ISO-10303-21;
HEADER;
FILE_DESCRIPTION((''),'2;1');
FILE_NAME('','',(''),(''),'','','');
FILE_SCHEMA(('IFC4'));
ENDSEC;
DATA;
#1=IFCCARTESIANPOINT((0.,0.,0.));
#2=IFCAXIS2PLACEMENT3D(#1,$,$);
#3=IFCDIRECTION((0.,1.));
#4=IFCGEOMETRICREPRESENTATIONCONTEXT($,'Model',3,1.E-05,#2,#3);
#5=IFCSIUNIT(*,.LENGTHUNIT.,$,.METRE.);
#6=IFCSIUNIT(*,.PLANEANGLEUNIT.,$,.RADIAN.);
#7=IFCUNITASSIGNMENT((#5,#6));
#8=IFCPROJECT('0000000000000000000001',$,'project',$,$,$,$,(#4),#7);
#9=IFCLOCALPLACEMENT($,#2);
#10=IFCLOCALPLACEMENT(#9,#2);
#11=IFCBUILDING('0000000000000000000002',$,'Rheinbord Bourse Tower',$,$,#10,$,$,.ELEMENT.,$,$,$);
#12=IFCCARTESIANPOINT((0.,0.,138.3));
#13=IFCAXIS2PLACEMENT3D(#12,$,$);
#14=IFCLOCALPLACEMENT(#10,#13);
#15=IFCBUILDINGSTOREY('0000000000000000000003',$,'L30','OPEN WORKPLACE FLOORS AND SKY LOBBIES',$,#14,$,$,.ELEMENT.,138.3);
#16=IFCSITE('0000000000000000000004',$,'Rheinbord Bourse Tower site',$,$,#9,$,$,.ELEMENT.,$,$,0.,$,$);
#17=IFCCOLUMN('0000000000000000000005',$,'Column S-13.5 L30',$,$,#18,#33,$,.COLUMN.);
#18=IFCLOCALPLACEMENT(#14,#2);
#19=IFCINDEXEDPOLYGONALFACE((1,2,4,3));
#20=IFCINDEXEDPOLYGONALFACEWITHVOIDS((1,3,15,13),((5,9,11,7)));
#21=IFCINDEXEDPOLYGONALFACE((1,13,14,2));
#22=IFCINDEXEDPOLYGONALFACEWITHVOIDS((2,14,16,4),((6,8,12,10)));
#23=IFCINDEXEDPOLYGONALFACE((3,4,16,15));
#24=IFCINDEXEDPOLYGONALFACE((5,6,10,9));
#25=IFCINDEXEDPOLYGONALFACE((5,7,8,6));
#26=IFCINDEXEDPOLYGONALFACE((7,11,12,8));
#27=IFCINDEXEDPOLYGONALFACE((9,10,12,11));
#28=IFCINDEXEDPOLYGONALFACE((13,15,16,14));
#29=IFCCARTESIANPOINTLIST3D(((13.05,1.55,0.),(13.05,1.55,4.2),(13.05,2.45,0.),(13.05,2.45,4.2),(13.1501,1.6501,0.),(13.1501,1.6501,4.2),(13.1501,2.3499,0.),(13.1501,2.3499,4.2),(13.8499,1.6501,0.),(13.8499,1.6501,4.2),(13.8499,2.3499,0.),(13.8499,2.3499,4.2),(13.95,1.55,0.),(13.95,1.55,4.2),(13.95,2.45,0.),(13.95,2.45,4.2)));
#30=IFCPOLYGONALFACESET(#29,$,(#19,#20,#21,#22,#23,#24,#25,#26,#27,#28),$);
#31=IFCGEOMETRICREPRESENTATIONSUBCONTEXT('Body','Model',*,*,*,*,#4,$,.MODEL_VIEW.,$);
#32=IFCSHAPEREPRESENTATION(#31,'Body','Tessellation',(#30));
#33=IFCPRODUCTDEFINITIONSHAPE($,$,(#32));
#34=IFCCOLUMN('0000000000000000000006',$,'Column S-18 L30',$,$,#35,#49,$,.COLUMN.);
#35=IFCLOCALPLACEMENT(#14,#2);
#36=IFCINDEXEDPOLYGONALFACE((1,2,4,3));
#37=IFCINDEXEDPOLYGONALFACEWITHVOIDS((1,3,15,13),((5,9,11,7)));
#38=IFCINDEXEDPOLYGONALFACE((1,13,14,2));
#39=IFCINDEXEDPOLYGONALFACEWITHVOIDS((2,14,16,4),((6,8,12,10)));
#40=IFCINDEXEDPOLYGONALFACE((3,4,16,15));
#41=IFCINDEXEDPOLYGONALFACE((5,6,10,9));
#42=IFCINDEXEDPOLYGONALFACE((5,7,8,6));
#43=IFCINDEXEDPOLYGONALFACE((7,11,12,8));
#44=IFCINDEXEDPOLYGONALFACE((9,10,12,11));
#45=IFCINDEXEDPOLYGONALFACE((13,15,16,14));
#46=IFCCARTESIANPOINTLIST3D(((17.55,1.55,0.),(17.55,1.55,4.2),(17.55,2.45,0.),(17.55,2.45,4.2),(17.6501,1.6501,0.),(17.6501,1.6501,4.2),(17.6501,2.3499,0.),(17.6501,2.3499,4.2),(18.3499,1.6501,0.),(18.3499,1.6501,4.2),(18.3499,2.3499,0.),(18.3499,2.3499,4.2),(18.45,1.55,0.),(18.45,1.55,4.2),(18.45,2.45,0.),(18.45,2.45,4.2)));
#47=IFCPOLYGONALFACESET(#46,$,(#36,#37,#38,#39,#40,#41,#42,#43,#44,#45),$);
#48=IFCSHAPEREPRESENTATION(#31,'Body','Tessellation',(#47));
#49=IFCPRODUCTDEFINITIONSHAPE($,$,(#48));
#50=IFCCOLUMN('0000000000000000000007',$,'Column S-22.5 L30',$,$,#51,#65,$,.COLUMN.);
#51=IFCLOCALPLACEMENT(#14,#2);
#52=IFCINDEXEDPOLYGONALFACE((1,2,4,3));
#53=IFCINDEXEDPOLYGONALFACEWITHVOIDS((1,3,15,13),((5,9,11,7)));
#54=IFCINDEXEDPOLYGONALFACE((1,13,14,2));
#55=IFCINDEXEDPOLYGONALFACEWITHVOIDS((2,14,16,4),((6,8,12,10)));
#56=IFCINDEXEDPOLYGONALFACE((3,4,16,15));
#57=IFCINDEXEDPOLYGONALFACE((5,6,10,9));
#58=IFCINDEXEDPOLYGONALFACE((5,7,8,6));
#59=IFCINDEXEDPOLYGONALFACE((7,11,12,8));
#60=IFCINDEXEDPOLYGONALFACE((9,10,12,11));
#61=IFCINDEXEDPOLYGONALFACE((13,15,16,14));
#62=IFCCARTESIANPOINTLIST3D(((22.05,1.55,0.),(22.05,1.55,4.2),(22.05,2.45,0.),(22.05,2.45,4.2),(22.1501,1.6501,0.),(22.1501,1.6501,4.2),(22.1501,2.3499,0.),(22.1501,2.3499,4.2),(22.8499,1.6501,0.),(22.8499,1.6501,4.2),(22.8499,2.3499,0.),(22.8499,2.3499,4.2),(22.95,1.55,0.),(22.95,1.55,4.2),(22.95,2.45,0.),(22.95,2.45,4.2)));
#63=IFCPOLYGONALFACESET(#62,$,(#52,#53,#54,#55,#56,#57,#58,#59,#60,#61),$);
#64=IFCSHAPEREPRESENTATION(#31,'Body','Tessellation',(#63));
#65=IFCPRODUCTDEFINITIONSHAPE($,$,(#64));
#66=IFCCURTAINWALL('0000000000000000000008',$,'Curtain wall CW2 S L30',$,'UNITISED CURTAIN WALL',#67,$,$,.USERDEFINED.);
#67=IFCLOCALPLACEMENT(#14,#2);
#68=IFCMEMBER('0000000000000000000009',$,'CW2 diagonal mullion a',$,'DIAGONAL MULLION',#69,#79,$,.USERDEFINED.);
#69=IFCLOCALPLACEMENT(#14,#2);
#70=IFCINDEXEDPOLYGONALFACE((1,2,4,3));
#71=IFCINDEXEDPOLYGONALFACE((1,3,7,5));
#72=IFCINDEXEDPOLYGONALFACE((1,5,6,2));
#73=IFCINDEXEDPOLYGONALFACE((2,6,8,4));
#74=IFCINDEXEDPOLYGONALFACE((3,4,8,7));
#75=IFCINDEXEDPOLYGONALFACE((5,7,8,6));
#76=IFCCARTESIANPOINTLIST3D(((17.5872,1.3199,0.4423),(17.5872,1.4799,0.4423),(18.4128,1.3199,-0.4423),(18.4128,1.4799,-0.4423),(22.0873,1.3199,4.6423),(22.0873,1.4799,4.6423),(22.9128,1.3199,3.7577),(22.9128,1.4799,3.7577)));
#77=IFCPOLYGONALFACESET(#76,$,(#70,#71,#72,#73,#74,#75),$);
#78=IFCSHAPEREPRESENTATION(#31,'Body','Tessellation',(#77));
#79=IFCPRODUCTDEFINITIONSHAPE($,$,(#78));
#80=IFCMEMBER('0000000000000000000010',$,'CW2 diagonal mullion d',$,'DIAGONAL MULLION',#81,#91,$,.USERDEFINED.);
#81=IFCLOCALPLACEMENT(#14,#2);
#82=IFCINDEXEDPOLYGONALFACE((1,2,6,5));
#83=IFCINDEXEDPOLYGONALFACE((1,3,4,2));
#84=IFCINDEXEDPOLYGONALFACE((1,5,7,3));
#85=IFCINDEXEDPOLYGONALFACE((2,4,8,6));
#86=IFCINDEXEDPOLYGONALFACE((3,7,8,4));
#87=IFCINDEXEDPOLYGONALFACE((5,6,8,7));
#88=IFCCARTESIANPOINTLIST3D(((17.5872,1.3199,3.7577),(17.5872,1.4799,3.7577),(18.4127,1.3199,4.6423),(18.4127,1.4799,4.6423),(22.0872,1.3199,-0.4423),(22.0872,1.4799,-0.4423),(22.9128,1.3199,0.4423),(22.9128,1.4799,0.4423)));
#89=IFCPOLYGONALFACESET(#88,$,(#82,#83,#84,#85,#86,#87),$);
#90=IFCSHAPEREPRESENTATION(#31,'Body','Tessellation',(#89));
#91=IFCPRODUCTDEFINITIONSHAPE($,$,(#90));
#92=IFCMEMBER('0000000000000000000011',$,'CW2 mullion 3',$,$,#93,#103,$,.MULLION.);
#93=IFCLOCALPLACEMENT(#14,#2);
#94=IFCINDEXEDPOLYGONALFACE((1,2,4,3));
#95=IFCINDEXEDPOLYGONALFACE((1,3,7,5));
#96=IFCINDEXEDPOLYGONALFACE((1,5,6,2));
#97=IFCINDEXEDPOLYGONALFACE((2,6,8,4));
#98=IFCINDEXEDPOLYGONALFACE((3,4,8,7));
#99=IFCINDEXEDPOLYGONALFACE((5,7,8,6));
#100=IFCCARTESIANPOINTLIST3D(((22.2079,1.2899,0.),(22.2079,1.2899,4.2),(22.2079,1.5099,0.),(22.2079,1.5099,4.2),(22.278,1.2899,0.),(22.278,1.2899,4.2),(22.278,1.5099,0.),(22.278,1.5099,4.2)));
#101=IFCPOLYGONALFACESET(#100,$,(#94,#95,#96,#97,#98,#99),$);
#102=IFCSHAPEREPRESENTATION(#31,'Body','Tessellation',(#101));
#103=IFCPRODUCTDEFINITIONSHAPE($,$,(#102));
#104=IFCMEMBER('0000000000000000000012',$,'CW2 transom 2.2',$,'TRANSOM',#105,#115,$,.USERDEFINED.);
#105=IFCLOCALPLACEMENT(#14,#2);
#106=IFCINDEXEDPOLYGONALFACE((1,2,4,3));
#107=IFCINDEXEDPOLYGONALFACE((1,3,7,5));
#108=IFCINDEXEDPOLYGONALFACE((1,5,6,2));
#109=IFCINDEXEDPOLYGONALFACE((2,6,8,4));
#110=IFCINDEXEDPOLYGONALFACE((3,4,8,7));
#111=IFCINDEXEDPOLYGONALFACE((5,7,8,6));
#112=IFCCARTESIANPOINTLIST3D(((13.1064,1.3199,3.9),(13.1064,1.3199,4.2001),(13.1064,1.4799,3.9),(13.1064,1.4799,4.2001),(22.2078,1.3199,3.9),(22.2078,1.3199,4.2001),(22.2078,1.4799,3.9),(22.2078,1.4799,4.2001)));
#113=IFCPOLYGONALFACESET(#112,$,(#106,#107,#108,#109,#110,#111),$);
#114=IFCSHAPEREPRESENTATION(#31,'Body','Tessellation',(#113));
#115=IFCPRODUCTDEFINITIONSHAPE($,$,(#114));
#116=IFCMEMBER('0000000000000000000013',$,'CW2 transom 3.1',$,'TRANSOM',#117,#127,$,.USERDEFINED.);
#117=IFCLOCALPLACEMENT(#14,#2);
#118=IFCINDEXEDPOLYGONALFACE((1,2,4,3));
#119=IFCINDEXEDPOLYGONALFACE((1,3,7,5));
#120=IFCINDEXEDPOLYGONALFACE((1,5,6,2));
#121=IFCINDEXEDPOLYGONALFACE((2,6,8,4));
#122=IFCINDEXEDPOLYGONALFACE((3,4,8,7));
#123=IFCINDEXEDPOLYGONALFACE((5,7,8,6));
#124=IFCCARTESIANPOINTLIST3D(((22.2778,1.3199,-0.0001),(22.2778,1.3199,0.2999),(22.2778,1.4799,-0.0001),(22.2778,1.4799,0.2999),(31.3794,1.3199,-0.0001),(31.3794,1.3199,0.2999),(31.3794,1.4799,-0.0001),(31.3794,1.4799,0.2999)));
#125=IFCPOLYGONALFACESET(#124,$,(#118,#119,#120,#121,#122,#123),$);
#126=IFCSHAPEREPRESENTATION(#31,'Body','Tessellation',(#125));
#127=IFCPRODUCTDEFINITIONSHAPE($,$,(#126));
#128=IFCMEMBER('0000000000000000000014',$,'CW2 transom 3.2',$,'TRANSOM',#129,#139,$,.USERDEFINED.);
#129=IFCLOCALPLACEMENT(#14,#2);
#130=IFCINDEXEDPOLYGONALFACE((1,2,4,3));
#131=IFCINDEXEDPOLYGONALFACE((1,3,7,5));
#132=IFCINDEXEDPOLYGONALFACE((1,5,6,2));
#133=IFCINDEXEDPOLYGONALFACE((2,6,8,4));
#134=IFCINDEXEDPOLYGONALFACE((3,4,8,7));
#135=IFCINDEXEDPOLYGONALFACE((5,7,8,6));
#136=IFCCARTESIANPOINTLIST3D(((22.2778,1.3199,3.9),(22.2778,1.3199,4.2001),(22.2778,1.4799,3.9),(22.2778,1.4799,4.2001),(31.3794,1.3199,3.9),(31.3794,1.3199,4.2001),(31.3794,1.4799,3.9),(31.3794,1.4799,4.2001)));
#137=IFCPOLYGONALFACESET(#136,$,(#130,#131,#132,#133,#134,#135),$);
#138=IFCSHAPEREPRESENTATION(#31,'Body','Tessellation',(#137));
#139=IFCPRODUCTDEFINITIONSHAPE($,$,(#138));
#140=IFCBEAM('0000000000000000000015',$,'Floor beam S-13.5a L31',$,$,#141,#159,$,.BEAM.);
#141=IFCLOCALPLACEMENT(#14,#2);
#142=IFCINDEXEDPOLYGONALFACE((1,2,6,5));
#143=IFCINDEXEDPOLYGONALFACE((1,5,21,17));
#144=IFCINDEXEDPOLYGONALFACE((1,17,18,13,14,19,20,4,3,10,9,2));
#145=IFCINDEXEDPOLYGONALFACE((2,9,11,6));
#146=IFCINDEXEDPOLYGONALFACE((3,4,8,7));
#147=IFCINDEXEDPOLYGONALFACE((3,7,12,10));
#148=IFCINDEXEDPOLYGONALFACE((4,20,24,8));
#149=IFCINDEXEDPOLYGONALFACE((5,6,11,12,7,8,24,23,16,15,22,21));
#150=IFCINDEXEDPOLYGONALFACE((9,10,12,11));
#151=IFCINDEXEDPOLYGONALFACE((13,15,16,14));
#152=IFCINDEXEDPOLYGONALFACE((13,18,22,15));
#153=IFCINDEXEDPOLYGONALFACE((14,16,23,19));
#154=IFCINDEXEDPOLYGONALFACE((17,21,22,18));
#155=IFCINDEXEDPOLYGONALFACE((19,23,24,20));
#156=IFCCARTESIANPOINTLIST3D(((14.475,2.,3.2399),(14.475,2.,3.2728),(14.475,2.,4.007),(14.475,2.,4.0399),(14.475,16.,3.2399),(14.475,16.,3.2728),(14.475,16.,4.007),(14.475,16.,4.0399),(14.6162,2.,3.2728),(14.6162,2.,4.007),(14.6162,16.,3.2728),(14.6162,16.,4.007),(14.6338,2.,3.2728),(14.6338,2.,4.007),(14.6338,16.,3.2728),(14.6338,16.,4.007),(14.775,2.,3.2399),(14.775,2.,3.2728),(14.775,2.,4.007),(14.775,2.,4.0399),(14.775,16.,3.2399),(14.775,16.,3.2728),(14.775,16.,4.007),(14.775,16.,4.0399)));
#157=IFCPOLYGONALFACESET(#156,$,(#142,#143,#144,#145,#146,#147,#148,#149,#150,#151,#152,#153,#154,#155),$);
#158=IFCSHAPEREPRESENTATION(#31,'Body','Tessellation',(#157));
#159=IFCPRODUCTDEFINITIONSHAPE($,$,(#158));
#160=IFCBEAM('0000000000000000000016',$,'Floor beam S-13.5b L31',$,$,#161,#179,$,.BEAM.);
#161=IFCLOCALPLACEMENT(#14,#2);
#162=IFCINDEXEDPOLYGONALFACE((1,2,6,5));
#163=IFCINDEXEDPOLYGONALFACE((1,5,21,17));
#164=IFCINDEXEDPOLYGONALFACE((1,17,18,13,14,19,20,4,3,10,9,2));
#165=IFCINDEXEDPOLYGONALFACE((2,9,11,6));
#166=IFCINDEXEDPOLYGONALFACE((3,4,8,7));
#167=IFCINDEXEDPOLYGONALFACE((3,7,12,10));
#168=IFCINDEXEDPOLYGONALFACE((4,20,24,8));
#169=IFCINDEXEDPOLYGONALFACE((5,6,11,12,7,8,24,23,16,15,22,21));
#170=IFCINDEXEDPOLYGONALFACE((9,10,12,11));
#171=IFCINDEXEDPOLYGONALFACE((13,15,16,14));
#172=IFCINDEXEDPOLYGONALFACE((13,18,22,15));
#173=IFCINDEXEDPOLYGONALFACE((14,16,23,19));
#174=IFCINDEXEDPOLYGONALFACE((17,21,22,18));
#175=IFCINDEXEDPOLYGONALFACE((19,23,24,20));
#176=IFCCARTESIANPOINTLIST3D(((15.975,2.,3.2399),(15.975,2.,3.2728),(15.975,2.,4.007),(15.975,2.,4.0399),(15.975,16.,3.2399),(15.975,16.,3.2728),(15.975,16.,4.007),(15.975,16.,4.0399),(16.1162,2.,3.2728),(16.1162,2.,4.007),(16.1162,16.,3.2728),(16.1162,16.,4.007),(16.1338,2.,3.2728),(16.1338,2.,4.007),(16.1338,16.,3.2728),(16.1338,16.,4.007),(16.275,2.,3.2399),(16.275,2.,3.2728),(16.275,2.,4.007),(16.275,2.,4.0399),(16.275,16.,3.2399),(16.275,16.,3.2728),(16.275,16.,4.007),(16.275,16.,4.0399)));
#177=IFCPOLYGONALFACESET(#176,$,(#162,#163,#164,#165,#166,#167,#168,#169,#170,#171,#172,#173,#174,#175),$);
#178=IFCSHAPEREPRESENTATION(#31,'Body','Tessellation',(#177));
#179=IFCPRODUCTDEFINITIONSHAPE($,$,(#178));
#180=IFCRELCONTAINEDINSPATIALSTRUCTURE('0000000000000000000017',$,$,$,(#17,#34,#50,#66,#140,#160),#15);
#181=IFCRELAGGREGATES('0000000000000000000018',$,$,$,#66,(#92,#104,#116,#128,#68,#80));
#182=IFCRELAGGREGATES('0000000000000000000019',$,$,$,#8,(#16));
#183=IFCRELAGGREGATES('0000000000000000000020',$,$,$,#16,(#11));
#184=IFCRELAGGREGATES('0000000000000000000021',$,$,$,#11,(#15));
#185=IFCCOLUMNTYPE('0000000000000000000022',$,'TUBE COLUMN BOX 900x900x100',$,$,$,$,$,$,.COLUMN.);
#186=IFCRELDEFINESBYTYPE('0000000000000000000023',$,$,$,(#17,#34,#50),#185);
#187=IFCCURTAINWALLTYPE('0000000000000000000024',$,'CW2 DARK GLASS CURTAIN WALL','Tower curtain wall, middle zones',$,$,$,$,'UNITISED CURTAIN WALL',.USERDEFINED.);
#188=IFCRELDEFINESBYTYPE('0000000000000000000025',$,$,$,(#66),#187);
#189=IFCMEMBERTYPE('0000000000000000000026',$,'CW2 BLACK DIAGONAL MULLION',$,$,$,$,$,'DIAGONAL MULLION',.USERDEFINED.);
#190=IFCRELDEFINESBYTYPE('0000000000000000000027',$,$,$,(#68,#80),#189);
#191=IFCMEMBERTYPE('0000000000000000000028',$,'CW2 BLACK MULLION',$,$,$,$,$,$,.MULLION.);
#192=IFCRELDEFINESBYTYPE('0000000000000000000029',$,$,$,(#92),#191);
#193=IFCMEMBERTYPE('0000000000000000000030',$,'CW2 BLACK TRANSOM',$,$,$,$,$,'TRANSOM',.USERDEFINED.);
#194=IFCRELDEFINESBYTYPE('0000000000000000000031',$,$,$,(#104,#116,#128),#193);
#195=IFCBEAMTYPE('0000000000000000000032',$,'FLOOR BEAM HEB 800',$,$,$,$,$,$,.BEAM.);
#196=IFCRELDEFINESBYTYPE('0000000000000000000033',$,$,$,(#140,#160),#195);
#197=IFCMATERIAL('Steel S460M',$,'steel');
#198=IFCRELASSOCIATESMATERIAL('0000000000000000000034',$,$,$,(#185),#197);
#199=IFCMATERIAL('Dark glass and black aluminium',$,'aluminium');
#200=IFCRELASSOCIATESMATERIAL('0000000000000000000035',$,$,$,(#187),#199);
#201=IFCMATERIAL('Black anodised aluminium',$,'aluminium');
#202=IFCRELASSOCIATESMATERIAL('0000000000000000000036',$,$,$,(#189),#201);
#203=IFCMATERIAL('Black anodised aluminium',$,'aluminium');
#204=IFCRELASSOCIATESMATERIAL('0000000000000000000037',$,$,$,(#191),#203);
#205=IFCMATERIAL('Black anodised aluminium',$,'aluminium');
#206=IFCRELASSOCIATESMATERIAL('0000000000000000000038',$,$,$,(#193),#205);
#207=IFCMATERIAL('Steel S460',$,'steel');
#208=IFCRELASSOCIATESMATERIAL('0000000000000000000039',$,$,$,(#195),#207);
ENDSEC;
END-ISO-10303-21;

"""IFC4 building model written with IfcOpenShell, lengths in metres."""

from ifc_helpers import new_model, si_unit, direction, frame, origin, origin_2d, place, context, subcontext, project, spatial, rectangle, hollow_rectangle, i_section, extrude, material, material_profile, profile_set, type_object, element, aggregate, save


model = new_model("IFC4")

# Units and contexts
model_context = context("Model", 3, precision=1e-05, world=origin(), true_north=direction((0.0, 1.0)))
body_context = subcontext(model_context, "Body", "Model", "MODEL_VIEW")
ifc_project = project(units=[si_unit("LENGTHUNIT", "METRE"), si_unit("PLANEANGLEUNIT", "RADIAN")], contexts=[model_context])

# Site, building, storey
site_placement = place(None, origin())
site = spatial("IfcSite", under=ifc_project, at=site_placement, Name="Rheinbord Bourse Tower site", CompositionType="ELEMENT", RefElevation=0.0)
building_placement = place(site_placement, origin())
building = spatial("IfcBuilding", under=site, at=building_placement, Name="Rheinbord Bourse Tower", CompositionType="ELEMENT")
storey_placement = place(building_placement, frame((0.0, 0.0, 138.3)))
storey = spatial("IfcBuildingStorey", under=building, at=storey_placement, Name="L30", Description="OPEN WORKPLACE FLOORS AND SKY LOBBIES", CompositionType="ELEMENT", Elevation=138.3)

# Columns
ifc_material_1 = material(Name="Steel S460M", Category="steel")
ifc_material_profile_1 = material_profile(ifc_material_1, hollow_rectangle(XDim=0.8999, YDim=0.8999, WallThickness=0.1001, at=origin_2d()), Name="BOX 900x900x100")
ifc_profile_set_1 = profile_set([ifc_material_profile_1], Name="Steel S460M")
column_type = type_object("IfcColumnType", Name="TUBE COLUMN BOX 900x900x100", PredefinedType="COLUMN", material=ifc_profile_set_1)
for number, where, z_axis, x_axis, name in (
    (1, (13.5, 2.0, 0.0), (0.0, 0.0, 1.0), (0.0, 1.0, 0.0), "Column S-13.5 L30"),
    (2, (18.0, 2.0, 0.0), (0.0, 0.0, 1.0), (0.0, 1.0, 0.0), "Column S-18 L30"),
    (3, (22.5, 2.0, 0.0), (0.0, 0.0, 1.0), (0.0, 1.0, 0.0), "Column S-22.5 L30"),
):
    element("IfcColumn", number, at=place(storey_placement, frame(where, z_axis=z_axis, x_axis=x_axis)), inside=storey, type_object=column_type, Name=name, PredefinedType="COLUMN", context=body_context, shape_type="SweptSolid", body=[
        extrude(hollow_rectangle(XDim=0.8999, YDim=0.8999, WallThickness=0.1001, at=origin_2d()), origin(), (0.0, 0.0, 1.0), 4.2),
    ])

# Curtain wall, members
ifc_material_2 = material(Name="Dark glass and black aluminium", Category="aluminium")
curtain_wall_type = type_object("IfcCurtainWallType", Name="CW2 DARK GLASS CURTAIN WALL", Description="Tower curtain wall, middle zones", ElementType="UNITISED CURTAIN WALL", PredefinedType="USERDEFINED", material=ifc_material_2)
curtain_wall_placement = place(storey_placement, origin())
curtain_wall = element("IfcCurtainWall", 4, at=curtain_wall_placement, inside=storey, type_object=curtain_wall_type, Name="Curtain wall CW2 S L30", ObjectType="UNITISED CURTAIN WALL", PredefinedType="USERDEFINED")
ifc_material_3 = material(Name="Black anodised aluminium", Category="aluminium")
ifc_material_profile_2 = material_profile(ifc_material_3, rectangle(XDim=0.1599, YDim=1.21, at=origin_2d()), Name="CW2 DIAGONAL MULLION 1210x160")
ifc_profile_set_2 = profile_set([ifc_material_profile_2], Name="Black anodised aluminium")
member_type_1 = type_object("IfcMemberType", Name="CW2 BLACK DIAGONAL MULLION", ElementType="DIAGONAL MULLION", PredefinedType="USERDEFINED", material=ifc_profile_set_2)
member_1_placement = place(storey_placement, frame((18.0, 1.3999, 0.0), z_axis=(0.731059, 0.0, 0.682314), x_axis=(0.0, 1.0, 0.0)))
member_1 = element("IfcMember", 5, at=member_1_placement, type_object=member_type_1, Name="CW2 diagonal mullion a", ObjectType="DIAGONAL MULLION", PredefinedType="USERDEFINED", context=body_context, shape_type="SweptSolid", body=[
    extrude(rectangle(XDim=0.1599, YDim=1.21, at=origin_2d()), origin(), (0.0, 0.0, 1.0), 6.1555),
])
member_2_placement = place(storey_placement, frame((22.5, 1.3999, 0.0), z_axis=(-0.731059, 0.0, 0.682314), x_axis=(0.0, -1.0, 0.0)))
member_2 = element("IfcMember", 6, at=member_2_placement, type_object=member_type_1, Name="CW2 diagonal mullion d", ObjectType="DIAGONAL MULLION", PredefinedType="USERDEFINED", context=body_context, shape_type="SweptSolid", body=[
    extrude(rectangle(XDim=0.1599, YDim=1.21, at=origin_2d()), origin(), (0.0, 0.0, 1.0), 6.1555),
])
ifc_material_4 = material(Name="Black anodised aluminium", Category="aluminium")
ifc_material_profile_3 = material_profile(ifc_material_4, rectangle(XDim=0.22, YDim=0.0701, at=origin_2d()), Name="CW2 MULLION 70x220")
ifc_profile_set_3 = profile_set([ifc_material_profile_3], Name="Black anodised aluminium")
member_type_2 = type_object("IfcMemberType", Name="CW2 BLACK MULLION", PredefinedType="MULLION", material=ifc_profile_set_3)
member_3_placement = place(storey_placement, frame((22.2429, 1.3999, 0.0), z_axis=(0.0, 0.0, 1.0), x_axis=(0.0, 1.0, 0.0)))
member_3 = element("IfcMember", 7, at=member_3_placement, type_object=member_type_2, Name="CW2 mullion 3", PredefinedType="MULLION", context=body_context, shape_type="SweptSolid", body=[
    extrude(rectangle(XDim=0.22, YDim=0.0701, at=origin_2d()), origin(), (0.0, 0.0, 1.0), 4.2),
])
ifc_material_5 = material(Name="Black anodised aluminium", Category="aluminium")
ifc_material_profile_4 = material_profile(ifc_material_5, rectangle(XDim=0.1599, YDim=0.3, at=origin_2d()), Name="CW2 TRANSOM 300x160")
ifc_profile_set_4 = profile_set([ifc_material_profile_4], Name="Black anodised aluminium")
member_type_3 = type_object("IfcMemberType", Name="CW2 BLACK TRANSOM", ElementType="TRANSOM", PredefinedType="USERDEFINED", material=ifc_profile_set_4)
member_4_placement = place(storey_placement, frame((13.1064, 1.3999, 4.05), z_axis=(1.0, 0.0, 0.0), x_axis=(0.0, 1.0, 0.0)))
member_4 = element("IfcMember", 8, at=member_4_placement, type_object=member_type_3, Name="CW2 transom 2.2", ObjectType="TRANSOM", PredefinedType="USERDEFINED", context=body_context, shape_type="SweptSolid", body=[
    extrude(rectangle(XDim=0.1599, YDim=0.3, at=origin_2d()), origin(), (0.0, 0.0, 1.0), 9.1013),
])
member_5_placement = place(storey_placement, frame((22.2778, 1.3999, 0.1499), z_axis=(1.0, 0.0, 0.0), x_axis=(0.0, 1.0, 0.0)))
member_5 = element("IfcMember", 9, at=member_5_placement, type_object=member_type_3, Name="CW2 transom 3.1", ObjectType="TRANSOM", PredefinedType="USERDEFINED", context=body_context, shape_type="SweptSolid", body=[
    extrude(rectangle(XDim=0.1599, YDim=0.3, at=origin_2d()), origin(), (0.0, 0.0, 1.0), 9.1016),
])
member_6_placement = place(storey_placement, frame((22.2778, 1.3999, 4.05), z_axis=(1.0, 0.0, 0.0), x_axis=(0.0, 1.0, 0.0)))
member_6 = element("IfcMember", 10, at=member_6_placement, type_object=member_type_3, Name="CW2 transom 3.2", ObjectType="TRANSOM", PredefinedType="USERDEFINED", context=body_context, shape_type="SweptSolid", body=[
    extrude(rectangle(XDim=0.1599, YDim=0.3, at=origin_2d()), origin(), (0.0, 0.0, 1.0), 9.1016),
])

# Beams
ifc_material_6 = material(Name="Steel S460", Category="steel")
ifc_material_profile_5 = material_profile(ifc_material_6, i_section(OverallWidth=0.3, OverallDepth=0.8, WebThickness=0.0176, FlangeThickness=0.033, at=origin_2d()), Name="HEB 800")
ifc_profile_set_5 = profile_set([ifc_material_profile_5], Name="Steel S460")
beam_type_1 = type_object("IfcBeamType", Name="FLOOR BEAM HEB 800", PredefinedType="BEAM", material=ifc_profile_set_5)
for number, where, z_axis, x_axis, name in (
    (11, (14.625, 2.0, 3.6399), (0.0, 1.0, 0.0), (-1.0, 0.0, 0.0), "Floor beam S-13.5a L31"),
    (12, (16.125, 2.0, 3.6399), (0.0, 1.0, 0.0), (-1.0, 0.0, 0.0), "Floor beam S-13.5b L31"),
):
    element("IfcBeam", number, at=place(storey_placement, frame(where, z_axis=z_axis, x_axis=x_axis)), inside=storey, type_object=beam_type_1, Name=name, PredefinedType="BEAM", context=body_context, shape_type="SweptSolid", body=[
        extrude(i_section(OverallWidth=0.3, OverallDepth=0.8, WebThickness=0.0176, FlangeThickness=0.033, at=origin_2d()), origin(), (0.0, 0.0, 1.0), 14.0),
    ])

aggregate(curtain_wall, [member_3, member_4, member_5, member_6, member_1, member_2])

save(model, "model.ifc")
